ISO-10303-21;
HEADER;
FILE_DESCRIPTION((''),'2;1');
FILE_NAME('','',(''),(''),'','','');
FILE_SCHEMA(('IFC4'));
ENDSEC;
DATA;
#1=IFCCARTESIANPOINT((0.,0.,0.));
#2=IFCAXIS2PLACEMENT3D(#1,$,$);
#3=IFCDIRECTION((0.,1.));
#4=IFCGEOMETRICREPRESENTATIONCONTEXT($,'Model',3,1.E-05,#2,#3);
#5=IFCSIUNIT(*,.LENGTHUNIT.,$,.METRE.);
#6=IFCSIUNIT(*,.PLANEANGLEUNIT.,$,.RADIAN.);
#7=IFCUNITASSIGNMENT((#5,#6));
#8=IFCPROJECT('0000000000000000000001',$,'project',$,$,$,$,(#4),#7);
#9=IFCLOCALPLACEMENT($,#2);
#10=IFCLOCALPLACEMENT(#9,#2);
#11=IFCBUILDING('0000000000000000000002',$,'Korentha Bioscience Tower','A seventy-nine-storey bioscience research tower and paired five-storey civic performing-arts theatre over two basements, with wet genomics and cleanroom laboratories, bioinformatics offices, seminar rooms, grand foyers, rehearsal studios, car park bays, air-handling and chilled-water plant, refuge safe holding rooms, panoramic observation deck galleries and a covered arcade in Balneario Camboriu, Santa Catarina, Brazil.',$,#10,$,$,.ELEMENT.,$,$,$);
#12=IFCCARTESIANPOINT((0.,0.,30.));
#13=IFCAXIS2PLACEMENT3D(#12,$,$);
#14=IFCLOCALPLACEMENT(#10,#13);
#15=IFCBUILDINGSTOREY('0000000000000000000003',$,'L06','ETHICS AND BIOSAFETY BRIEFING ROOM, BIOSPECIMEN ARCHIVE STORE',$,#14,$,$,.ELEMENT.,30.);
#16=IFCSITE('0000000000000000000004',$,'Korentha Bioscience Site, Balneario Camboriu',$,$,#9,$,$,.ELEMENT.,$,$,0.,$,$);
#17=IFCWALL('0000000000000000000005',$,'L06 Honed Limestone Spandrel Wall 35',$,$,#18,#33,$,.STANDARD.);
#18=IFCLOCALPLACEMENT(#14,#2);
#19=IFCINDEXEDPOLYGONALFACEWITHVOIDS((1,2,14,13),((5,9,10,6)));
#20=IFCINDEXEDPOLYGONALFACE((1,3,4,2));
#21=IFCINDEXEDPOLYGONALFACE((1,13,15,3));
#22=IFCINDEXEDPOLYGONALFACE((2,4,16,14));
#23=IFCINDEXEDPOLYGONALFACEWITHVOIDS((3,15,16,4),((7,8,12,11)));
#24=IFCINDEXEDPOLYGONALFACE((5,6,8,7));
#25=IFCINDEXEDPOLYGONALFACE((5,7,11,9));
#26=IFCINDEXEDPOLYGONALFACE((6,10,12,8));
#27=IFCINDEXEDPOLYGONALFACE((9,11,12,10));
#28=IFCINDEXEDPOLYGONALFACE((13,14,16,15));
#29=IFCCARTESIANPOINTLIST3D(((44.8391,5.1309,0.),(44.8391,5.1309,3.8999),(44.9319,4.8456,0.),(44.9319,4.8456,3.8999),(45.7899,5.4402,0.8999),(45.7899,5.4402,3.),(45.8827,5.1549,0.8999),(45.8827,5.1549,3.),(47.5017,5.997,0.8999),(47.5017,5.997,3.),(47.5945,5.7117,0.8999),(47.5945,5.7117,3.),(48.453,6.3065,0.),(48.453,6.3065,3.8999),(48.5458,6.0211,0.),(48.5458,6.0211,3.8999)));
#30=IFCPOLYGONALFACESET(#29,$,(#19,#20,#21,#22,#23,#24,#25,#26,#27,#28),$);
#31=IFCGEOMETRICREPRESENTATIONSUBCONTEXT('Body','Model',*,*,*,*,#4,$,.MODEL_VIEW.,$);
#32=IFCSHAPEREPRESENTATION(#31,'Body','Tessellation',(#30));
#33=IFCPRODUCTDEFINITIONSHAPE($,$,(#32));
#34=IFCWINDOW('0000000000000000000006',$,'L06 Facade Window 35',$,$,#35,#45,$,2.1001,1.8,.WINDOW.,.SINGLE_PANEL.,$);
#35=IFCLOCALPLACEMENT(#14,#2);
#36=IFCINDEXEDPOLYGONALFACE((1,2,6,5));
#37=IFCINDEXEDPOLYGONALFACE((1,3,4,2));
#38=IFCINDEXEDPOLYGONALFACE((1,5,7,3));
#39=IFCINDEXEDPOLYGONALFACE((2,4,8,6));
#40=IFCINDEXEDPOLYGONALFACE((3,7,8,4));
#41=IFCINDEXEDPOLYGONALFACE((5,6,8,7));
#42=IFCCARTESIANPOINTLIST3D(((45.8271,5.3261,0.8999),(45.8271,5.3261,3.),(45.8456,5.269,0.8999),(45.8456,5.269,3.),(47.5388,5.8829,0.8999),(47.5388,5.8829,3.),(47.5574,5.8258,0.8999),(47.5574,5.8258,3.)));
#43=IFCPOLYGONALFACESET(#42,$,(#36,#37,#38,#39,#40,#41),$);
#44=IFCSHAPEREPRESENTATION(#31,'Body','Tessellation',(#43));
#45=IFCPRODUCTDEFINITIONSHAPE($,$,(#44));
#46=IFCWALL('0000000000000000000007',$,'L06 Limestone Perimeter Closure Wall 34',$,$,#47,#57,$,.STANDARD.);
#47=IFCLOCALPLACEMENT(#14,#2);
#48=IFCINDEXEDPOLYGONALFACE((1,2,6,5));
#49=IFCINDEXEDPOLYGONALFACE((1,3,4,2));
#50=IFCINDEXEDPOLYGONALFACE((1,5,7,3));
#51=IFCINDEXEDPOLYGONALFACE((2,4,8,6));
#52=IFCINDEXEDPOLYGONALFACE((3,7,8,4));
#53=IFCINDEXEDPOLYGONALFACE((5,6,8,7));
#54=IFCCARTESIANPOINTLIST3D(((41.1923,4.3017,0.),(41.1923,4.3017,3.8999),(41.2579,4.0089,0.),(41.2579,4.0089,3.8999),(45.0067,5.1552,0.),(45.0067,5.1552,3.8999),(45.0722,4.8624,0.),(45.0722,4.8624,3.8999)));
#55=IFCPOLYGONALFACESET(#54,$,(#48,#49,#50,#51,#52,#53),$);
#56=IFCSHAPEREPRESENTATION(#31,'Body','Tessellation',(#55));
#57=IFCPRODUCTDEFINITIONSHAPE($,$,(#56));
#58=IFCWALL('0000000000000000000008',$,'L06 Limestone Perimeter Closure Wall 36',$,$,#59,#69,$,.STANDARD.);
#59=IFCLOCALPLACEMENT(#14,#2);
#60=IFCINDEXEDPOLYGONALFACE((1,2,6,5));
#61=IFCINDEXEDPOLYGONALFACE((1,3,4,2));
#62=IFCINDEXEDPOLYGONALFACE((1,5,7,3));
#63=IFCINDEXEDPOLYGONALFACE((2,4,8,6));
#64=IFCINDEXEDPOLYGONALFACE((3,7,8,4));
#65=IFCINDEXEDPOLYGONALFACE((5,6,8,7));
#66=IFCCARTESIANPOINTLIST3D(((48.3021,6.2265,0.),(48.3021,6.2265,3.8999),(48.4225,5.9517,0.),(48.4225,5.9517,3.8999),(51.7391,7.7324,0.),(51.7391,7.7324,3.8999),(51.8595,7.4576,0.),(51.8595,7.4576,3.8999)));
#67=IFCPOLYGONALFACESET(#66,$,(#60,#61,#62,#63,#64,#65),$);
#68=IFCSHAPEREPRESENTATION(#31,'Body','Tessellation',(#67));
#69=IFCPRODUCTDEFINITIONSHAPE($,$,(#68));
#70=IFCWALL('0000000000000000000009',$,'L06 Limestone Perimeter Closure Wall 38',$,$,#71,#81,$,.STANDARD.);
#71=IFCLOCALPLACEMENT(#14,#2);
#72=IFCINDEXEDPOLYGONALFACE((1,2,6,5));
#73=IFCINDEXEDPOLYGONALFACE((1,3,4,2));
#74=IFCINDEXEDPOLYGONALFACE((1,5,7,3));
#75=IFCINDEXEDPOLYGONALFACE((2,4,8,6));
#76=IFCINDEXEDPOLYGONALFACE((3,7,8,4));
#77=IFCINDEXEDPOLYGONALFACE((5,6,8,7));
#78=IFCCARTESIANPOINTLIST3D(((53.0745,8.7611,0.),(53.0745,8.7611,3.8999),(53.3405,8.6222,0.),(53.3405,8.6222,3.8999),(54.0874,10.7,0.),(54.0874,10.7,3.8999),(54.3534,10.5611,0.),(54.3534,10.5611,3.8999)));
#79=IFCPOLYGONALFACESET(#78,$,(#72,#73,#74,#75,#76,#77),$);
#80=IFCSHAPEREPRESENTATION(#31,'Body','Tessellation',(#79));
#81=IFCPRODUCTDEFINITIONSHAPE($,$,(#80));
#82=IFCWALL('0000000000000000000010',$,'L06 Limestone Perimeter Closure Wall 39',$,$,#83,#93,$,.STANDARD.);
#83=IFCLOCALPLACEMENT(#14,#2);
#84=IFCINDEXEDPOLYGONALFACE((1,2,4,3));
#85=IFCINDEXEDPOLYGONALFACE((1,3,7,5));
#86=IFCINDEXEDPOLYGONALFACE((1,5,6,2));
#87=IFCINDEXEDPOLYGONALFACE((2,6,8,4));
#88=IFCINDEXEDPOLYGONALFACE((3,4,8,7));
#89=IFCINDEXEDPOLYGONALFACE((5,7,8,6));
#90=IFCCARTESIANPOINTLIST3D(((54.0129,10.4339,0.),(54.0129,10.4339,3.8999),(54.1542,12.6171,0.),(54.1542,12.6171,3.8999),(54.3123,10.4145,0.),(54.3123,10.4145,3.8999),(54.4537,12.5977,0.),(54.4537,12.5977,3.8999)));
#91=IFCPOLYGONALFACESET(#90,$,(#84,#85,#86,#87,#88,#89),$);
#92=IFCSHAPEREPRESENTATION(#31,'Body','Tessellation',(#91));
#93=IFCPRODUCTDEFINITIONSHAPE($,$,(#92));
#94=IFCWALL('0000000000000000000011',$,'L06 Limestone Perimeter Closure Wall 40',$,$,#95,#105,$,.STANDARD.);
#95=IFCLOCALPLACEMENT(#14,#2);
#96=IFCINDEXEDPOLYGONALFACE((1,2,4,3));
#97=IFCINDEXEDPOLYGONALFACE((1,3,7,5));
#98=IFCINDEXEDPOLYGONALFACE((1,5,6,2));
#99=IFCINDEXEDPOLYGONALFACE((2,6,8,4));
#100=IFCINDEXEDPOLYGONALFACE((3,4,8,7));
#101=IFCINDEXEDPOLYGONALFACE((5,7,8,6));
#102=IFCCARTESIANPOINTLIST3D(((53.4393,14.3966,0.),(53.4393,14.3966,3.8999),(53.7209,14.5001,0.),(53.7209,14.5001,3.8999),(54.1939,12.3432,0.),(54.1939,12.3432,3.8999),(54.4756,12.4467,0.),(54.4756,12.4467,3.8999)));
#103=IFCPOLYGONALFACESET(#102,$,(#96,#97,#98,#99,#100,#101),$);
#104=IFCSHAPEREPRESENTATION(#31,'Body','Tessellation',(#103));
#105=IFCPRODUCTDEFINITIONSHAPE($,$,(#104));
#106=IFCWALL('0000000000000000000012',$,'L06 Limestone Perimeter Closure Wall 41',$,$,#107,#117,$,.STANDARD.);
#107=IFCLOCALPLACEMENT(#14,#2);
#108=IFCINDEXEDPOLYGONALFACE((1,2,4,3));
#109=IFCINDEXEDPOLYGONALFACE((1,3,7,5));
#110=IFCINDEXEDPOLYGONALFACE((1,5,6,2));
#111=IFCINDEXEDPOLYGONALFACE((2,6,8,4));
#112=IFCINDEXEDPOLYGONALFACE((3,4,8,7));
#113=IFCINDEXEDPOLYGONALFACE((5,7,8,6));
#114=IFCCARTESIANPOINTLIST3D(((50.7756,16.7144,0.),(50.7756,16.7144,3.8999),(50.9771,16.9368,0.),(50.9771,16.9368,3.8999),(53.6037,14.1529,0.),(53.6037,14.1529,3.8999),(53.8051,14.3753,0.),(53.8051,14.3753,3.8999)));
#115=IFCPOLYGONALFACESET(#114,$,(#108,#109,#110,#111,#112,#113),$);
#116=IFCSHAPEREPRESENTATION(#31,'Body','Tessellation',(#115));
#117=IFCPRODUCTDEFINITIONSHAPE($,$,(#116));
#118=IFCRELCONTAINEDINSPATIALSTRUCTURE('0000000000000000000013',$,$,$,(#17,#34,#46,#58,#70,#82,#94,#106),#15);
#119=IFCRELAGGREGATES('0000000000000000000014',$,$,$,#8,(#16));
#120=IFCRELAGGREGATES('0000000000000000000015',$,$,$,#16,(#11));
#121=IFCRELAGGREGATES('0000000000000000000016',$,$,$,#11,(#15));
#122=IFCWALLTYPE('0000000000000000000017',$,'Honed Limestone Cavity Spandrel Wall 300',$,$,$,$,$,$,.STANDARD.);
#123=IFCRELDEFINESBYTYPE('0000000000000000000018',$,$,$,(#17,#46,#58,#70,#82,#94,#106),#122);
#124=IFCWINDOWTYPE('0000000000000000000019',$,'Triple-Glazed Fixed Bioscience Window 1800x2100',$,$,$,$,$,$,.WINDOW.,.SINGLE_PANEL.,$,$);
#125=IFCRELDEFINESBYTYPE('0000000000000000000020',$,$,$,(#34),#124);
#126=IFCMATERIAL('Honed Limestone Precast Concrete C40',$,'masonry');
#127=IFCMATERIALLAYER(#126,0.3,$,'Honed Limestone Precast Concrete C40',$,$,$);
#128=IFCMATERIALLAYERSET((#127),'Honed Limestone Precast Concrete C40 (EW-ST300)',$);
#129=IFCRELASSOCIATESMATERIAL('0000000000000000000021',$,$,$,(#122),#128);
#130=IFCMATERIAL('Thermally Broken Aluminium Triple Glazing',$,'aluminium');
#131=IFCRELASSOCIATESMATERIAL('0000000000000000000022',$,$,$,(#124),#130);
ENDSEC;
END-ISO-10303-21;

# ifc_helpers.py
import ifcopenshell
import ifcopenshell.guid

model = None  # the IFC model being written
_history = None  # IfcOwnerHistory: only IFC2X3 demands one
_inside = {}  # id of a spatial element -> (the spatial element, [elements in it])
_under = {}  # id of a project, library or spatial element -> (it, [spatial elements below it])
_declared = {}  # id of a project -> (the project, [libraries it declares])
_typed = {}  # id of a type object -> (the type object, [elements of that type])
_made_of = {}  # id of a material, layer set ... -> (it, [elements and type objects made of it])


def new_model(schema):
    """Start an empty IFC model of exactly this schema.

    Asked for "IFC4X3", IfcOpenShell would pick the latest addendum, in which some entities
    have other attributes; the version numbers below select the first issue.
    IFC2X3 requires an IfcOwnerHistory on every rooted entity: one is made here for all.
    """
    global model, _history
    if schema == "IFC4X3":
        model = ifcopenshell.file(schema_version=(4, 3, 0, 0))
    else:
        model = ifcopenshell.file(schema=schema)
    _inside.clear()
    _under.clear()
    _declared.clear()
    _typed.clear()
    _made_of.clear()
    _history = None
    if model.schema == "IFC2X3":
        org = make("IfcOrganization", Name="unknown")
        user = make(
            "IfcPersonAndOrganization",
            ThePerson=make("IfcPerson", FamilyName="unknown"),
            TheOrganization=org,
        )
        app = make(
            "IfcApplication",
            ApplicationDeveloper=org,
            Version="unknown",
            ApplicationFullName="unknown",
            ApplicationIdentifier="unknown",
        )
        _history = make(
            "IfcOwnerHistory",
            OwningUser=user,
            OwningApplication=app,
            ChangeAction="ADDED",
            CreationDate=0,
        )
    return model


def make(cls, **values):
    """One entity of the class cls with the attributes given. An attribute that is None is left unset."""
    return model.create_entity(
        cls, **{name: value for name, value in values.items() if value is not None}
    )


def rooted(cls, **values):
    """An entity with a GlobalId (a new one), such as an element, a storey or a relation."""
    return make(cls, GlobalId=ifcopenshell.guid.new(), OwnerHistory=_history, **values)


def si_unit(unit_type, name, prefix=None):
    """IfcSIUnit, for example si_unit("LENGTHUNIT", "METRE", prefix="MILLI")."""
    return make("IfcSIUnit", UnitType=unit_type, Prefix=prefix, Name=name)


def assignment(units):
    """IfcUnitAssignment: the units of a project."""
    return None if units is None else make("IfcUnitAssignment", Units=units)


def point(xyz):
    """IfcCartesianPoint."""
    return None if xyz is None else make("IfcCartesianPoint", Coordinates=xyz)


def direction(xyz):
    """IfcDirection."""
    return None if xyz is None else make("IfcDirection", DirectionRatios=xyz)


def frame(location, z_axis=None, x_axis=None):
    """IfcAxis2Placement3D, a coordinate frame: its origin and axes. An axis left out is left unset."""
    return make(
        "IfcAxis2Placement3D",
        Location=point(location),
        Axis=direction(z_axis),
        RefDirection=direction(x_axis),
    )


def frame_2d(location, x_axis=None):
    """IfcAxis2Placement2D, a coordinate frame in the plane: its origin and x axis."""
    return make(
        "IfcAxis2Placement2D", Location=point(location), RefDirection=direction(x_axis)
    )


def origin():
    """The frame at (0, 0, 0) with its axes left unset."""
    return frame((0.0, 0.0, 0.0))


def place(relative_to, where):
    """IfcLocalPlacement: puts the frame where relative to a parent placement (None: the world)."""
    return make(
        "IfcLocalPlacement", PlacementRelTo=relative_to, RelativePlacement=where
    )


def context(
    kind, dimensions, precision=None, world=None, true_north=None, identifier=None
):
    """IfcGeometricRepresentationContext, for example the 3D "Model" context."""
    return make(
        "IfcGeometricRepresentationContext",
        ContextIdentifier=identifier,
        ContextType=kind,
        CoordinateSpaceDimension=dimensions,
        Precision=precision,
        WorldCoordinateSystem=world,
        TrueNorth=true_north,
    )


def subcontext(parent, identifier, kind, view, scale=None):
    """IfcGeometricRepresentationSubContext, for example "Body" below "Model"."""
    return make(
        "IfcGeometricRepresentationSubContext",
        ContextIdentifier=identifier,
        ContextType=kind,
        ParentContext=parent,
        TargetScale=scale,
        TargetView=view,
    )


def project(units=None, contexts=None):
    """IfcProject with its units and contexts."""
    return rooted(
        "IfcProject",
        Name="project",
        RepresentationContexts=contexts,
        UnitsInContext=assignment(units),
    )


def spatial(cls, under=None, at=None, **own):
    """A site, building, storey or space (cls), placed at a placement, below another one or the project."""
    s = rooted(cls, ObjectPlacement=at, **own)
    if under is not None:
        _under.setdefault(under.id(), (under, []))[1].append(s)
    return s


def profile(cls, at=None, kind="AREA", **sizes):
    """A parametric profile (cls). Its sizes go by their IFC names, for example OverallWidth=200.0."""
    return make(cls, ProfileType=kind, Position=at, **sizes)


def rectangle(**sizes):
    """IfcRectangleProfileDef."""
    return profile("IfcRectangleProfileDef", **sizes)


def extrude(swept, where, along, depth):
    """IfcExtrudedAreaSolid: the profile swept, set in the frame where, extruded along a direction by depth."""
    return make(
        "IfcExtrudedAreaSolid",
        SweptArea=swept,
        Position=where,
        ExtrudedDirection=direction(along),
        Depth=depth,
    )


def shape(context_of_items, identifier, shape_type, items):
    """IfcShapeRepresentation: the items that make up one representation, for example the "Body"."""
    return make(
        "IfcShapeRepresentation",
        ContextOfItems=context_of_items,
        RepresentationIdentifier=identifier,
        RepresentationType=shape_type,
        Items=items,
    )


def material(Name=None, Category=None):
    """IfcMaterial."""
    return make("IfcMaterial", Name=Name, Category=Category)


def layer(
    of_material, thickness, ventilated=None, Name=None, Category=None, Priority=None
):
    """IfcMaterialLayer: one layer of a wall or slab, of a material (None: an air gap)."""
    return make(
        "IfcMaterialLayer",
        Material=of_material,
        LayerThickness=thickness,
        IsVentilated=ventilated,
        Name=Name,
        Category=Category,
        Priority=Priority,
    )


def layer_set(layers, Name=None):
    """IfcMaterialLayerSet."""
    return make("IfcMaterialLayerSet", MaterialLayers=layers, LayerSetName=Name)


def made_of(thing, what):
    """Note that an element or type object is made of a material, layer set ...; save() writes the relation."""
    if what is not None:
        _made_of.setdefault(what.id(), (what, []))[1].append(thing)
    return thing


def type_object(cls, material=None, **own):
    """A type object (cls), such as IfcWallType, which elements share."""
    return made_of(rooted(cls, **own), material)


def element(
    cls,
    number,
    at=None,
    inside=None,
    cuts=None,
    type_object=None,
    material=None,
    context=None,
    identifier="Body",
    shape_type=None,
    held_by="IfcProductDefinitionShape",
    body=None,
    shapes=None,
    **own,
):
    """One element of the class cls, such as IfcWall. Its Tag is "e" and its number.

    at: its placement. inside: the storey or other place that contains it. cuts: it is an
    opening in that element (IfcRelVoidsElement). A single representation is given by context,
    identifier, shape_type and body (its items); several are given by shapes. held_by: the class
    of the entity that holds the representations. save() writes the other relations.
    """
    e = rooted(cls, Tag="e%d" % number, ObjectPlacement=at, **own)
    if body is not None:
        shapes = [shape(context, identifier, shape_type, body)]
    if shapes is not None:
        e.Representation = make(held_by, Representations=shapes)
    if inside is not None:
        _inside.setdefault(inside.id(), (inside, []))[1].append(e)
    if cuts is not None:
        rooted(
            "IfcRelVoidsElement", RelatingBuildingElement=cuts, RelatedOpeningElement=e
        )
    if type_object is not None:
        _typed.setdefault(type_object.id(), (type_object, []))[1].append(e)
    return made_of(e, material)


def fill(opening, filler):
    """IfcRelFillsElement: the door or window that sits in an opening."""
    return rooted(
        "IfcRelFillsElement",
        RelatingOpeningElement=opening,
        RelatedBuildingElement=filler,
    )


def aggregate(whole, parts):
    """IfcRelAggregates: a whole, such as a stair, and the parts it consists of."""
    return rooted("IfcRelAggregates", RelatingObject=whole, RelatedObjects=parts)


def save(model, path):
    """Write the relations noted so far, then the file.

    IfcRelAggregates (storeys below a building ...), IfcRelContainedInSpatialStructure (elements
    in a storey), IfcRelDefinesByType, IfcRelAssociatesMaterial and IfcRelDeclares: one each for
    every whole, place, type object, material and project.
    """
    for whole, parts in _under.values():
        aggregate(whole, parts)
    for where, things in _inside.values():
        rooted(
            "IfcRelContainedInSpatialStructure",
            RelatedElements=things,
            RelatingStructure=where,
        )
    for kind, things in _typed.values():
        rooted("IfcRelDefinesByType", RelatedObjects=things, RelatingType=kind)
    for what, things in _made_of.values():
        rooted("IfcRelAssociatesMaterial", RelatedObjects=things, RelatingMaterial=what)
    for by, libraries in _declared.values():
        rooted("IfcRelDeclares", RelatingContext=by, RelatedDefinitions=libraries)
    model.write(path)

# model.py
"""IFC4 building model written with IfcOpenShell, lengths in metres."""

from ifc_helpers import new_model, si_unit, direction, frame, frame_2d, origin, place, context, subcontext, project, spatial, rectangle, extrude, material, layer, layer_set, type_object, element, fill, save


model = new_model("IFC4")

# Units and contexts
model_context = context("Model", 3, precision=1e-05, world=origin(), true_north=direction((0.0, 1.0)))
body_context = subcontext(model_context, "Body", "Model", "MODEL_VIEW")
ifc_project = project(units=[si_unit("LENGTHUNIT", "METRE"), si_unit("PLANEANGLEUNIT", "RADIAN")], contexts=[model_context])

# Site, building, storey
site_placement = place(None, origin())
site = spatial("IfcSite", under=ifc_project, at=site_placement, Name="Korentha Bioscience Site, Balneario Camboriu", CompositionType="ELEMENT", RefElevation=0.0)
building_placement = place(site_placement, origin())
building = spatial("IfcBuilding", under=site, at=building_placement, Name="Korentha Bioscience Tower", Description="A seventy-nine-storey bioscience research tower and paired five-storey civic performing-arts theatre over two basements, with wet genomics and cleanroom laboratories, bioinformatics offices, seminar rooms, grand foyers, rehearsal studios, car park bays, air-handling and chilled-water plant, refuge safe holding rooms, panoramic observation deck galleries and a covered arcade in Balneario Camboriu, Santa Catarina, Brazil.", CompositionType="ELEMENT")
storey_placement = place(building_placement, frame((0.0, 0.0, 30.0)))
storey = spatial("IfcBuildingStorey", under=building, at=storey_placement, Name="L06", Description="ETHICS AND BIOSAFETY BRIEFING ROOM, BIOSPECIMEN ARCHIVE STORE", CompositionType="ELEMENT", Elevation=30.0)

# Wall, opening, window
ifc_material_1 = material(Name="Honed Limestone Precast Concrete C40", Category="masonry")
ifc_layer_1 = layer(ifc_material_1, 0.3, Name="Honed Limestone Precast Concrete C40")
ifc_layer_set_1 = layer_set([ifc_layer_1], Name="Honed Limestone Precast Concrete C40 (EW-ST300)")
wall_type_1 = type_object("IfcWallType", Name="Honed Limestone Cavity Spandrel Wall 300", PredefinedType="STANDARD", material=ifc_layer_set_1)
wall_1_placement = place(storey_placement, frame((44.8855, 4.9883, 0.0), z_axis=(0.0, 0.0, 1.0), x_axis=(0.950958, 0.30932, 0.0)))
wall_1 = element("IfcWall", 1, at=wall_1_placement, inside=storey, type_object=wall_type_1, Name="L06 Honed Limestone Spandrel Wall 35", PredefinedType="STANDARD", context=body_context, shape_type="SweptSolid", body=[
    extrude(rectangle(XDim=3.8003, YDim=0.3, at=frame_2d((1.9001, 0.0))), origin(), (0.0, 0.0, 1.0), 3.8999),
])
opening_placement = place(wall_1_placement, frame((1.0, 0.0, 0.8999)))
opening = element("IfcOpeningElement", 2, at=opening_placement, cuts=wall_1, PredefinedType="OPENING", context=body_context, shape_type="SweptSolid", body=[
    extrude(rectangle(XDim=1.8, YDim=2.1001, at=frame_2d((0.8999, 1.05))), frame((0.0, 0.165, 0.0), z_axis=(0.0, -1.0, 0.0), x_axis=(1.0, 0.0, 0.0)), (0.0, 0.0, 1.0), 0.3298),
])
ifc_material_2 = material(Name="Thermally Broken Aluminium Triple Glazing", Category="aluminium")
window_type = type_object("IfcWindowType", Name="Triple-Glazed Fixed Bioscience Window 1800x2100", PartitioningType="SINGLE_PANEL", PredefinedType="WINDOW", material=ifc_material_2)
window_placement = place(opening_placement, origin())
window = element("IfcWindow", 3, at=window_placement, inside=storey, type_object=window_type, Name="L06 Facade Window 35", OverallHeight=2.1001, OverallWidth=1.8, PartitioningType="SINGLE_PANEL", PredefinedType="WINDOW", context=body_context, shape_type="SweptSolid", body=[
    extrude(rectangle(XDim=1.8, YDim=2.1001, at=frame_2d((0.8999, 1.05))), frame((0.0, 0.03, 0.0), z_axis=(0.0, -1.0, 0.0), x_axis=(1.0, 0.0, 0.0)), (0.0, 0.0, 1.0), 0.0601),
])
fill(opening, window)

# Walls
wall_2_placement = place(storey_placement, frame((41.2251, 4.1553, 0.0), z_axis=(0.0, 0.0, 1.0), x_axis=(0.975869, 0.218359, 0.0)))
element("IfcWall", 4, at=wall_2_placement, inside=storey, type_object=wall_type_1, Name="L06 Limestone Perimeter Closure Wall 34", PredefinedType="STANDARD", context=body_context, shape_type="SweptSolid", body=[
    extrude(rectangle(XDim=3.9087, YDim=0.3, at=frame_2d((1.9543, 0.0))), origin(), (0.0, 0.0, 1.0), 3.8999),
])
wall_3_placement = place(storey_placement, frame((48.3623, 6.0891, 0.0), z_axis=(0.0, 0.0, 1.0), x_axis=(0.915945, 0.401303, 0.0)))
element("IfcWall", 5, at=wall_3_placement, inside=storey, type_object=wall_type_1, Name="L06 Limestone Perimeter Closure Wall 36", PredefinedType="STANDARD", context=body_context, shape_type="SweptSolid", body=[
    extrude(rectangle(XDim=3.7524, YDim=0.3, at=frame_2d((1.8762, 0.0))), origin(), (0.0, 0.0, 1.0), 3.8999),
])
wall_4_placement = place(storey_placement, frame((53.2075, 8.6917, 0.0), z_axis=(0.0, 0.0, 1.0), x_axis=(0.463035, 0.88634, 0.0)))
element("IfcWall", 6, at=wall_4_placement, inside=storey, type_object=wall_type_1, Name="L06 Limestone Perimeter Closure Wall 38", PredefinedType="STANDARD", context=body_context, shape_type="SweptSolid", body=[
    extrude(rectangle(XDim=2.1875, YDim=0.3, at=frame_2d((1.0938, 0.0))), origin(), (0.0, 0.0, 1.0), 3.8999),
])
for number, where, z_axis, x_axis, name in (
    (7, (54.1626, 10.4243, 0.0), (0.0, 0.0, 1.0), (0.064615, 0.99791, 0.0), "L06 Limestone Perimeter Closure Wall 39"),
    (8, (54.3347, 12.395, 0.0), (0.0, 0.0, 1.0), (-0.34494, 0.938625, 0.0), "L06 Limestone Perimeter Closure Wall 40"),
):
    element("IfcWall", number, at=place(storey_placement, frame(where, z_axis=z_axis, x_axis=x_axis)), inside=storey, type_object=wall_type_1, Name=name, PredefinedType="STANDARD", context=body_context, shape_type="SweptSolid", body=[
        extrude(rectangle(XDim=2.1877, YDim=0.3, at=frame_2d((1.0938, 0.0))), origin(), (0.0, 0.0, 1.0), 3.8999),
    ])
wall_5_placement = place(storey_placement, frame((53.7043, 14.2642, 0.0), z_axis=(0.0, 0.0, 1.0), x_axis=(-0.741178, 0.671309, 0.0)))
element("IfcWall", 9, at=wall_5_placement, inside=storey, type_object=wall_type_1, Name="L06 Limestone Perimeter Closure Wall 41", PredefinedType="STANDARD", context=body_context, shape_type="SweptSolid", body=[
    extrude(rectangle(XDim=3.8157, YDim=0.3, at=frame_2d((1.9077, 0.0))), origin(), (0.0, 0.0, 1.0), 3.8999),
])

save(model, "model.ifc")
